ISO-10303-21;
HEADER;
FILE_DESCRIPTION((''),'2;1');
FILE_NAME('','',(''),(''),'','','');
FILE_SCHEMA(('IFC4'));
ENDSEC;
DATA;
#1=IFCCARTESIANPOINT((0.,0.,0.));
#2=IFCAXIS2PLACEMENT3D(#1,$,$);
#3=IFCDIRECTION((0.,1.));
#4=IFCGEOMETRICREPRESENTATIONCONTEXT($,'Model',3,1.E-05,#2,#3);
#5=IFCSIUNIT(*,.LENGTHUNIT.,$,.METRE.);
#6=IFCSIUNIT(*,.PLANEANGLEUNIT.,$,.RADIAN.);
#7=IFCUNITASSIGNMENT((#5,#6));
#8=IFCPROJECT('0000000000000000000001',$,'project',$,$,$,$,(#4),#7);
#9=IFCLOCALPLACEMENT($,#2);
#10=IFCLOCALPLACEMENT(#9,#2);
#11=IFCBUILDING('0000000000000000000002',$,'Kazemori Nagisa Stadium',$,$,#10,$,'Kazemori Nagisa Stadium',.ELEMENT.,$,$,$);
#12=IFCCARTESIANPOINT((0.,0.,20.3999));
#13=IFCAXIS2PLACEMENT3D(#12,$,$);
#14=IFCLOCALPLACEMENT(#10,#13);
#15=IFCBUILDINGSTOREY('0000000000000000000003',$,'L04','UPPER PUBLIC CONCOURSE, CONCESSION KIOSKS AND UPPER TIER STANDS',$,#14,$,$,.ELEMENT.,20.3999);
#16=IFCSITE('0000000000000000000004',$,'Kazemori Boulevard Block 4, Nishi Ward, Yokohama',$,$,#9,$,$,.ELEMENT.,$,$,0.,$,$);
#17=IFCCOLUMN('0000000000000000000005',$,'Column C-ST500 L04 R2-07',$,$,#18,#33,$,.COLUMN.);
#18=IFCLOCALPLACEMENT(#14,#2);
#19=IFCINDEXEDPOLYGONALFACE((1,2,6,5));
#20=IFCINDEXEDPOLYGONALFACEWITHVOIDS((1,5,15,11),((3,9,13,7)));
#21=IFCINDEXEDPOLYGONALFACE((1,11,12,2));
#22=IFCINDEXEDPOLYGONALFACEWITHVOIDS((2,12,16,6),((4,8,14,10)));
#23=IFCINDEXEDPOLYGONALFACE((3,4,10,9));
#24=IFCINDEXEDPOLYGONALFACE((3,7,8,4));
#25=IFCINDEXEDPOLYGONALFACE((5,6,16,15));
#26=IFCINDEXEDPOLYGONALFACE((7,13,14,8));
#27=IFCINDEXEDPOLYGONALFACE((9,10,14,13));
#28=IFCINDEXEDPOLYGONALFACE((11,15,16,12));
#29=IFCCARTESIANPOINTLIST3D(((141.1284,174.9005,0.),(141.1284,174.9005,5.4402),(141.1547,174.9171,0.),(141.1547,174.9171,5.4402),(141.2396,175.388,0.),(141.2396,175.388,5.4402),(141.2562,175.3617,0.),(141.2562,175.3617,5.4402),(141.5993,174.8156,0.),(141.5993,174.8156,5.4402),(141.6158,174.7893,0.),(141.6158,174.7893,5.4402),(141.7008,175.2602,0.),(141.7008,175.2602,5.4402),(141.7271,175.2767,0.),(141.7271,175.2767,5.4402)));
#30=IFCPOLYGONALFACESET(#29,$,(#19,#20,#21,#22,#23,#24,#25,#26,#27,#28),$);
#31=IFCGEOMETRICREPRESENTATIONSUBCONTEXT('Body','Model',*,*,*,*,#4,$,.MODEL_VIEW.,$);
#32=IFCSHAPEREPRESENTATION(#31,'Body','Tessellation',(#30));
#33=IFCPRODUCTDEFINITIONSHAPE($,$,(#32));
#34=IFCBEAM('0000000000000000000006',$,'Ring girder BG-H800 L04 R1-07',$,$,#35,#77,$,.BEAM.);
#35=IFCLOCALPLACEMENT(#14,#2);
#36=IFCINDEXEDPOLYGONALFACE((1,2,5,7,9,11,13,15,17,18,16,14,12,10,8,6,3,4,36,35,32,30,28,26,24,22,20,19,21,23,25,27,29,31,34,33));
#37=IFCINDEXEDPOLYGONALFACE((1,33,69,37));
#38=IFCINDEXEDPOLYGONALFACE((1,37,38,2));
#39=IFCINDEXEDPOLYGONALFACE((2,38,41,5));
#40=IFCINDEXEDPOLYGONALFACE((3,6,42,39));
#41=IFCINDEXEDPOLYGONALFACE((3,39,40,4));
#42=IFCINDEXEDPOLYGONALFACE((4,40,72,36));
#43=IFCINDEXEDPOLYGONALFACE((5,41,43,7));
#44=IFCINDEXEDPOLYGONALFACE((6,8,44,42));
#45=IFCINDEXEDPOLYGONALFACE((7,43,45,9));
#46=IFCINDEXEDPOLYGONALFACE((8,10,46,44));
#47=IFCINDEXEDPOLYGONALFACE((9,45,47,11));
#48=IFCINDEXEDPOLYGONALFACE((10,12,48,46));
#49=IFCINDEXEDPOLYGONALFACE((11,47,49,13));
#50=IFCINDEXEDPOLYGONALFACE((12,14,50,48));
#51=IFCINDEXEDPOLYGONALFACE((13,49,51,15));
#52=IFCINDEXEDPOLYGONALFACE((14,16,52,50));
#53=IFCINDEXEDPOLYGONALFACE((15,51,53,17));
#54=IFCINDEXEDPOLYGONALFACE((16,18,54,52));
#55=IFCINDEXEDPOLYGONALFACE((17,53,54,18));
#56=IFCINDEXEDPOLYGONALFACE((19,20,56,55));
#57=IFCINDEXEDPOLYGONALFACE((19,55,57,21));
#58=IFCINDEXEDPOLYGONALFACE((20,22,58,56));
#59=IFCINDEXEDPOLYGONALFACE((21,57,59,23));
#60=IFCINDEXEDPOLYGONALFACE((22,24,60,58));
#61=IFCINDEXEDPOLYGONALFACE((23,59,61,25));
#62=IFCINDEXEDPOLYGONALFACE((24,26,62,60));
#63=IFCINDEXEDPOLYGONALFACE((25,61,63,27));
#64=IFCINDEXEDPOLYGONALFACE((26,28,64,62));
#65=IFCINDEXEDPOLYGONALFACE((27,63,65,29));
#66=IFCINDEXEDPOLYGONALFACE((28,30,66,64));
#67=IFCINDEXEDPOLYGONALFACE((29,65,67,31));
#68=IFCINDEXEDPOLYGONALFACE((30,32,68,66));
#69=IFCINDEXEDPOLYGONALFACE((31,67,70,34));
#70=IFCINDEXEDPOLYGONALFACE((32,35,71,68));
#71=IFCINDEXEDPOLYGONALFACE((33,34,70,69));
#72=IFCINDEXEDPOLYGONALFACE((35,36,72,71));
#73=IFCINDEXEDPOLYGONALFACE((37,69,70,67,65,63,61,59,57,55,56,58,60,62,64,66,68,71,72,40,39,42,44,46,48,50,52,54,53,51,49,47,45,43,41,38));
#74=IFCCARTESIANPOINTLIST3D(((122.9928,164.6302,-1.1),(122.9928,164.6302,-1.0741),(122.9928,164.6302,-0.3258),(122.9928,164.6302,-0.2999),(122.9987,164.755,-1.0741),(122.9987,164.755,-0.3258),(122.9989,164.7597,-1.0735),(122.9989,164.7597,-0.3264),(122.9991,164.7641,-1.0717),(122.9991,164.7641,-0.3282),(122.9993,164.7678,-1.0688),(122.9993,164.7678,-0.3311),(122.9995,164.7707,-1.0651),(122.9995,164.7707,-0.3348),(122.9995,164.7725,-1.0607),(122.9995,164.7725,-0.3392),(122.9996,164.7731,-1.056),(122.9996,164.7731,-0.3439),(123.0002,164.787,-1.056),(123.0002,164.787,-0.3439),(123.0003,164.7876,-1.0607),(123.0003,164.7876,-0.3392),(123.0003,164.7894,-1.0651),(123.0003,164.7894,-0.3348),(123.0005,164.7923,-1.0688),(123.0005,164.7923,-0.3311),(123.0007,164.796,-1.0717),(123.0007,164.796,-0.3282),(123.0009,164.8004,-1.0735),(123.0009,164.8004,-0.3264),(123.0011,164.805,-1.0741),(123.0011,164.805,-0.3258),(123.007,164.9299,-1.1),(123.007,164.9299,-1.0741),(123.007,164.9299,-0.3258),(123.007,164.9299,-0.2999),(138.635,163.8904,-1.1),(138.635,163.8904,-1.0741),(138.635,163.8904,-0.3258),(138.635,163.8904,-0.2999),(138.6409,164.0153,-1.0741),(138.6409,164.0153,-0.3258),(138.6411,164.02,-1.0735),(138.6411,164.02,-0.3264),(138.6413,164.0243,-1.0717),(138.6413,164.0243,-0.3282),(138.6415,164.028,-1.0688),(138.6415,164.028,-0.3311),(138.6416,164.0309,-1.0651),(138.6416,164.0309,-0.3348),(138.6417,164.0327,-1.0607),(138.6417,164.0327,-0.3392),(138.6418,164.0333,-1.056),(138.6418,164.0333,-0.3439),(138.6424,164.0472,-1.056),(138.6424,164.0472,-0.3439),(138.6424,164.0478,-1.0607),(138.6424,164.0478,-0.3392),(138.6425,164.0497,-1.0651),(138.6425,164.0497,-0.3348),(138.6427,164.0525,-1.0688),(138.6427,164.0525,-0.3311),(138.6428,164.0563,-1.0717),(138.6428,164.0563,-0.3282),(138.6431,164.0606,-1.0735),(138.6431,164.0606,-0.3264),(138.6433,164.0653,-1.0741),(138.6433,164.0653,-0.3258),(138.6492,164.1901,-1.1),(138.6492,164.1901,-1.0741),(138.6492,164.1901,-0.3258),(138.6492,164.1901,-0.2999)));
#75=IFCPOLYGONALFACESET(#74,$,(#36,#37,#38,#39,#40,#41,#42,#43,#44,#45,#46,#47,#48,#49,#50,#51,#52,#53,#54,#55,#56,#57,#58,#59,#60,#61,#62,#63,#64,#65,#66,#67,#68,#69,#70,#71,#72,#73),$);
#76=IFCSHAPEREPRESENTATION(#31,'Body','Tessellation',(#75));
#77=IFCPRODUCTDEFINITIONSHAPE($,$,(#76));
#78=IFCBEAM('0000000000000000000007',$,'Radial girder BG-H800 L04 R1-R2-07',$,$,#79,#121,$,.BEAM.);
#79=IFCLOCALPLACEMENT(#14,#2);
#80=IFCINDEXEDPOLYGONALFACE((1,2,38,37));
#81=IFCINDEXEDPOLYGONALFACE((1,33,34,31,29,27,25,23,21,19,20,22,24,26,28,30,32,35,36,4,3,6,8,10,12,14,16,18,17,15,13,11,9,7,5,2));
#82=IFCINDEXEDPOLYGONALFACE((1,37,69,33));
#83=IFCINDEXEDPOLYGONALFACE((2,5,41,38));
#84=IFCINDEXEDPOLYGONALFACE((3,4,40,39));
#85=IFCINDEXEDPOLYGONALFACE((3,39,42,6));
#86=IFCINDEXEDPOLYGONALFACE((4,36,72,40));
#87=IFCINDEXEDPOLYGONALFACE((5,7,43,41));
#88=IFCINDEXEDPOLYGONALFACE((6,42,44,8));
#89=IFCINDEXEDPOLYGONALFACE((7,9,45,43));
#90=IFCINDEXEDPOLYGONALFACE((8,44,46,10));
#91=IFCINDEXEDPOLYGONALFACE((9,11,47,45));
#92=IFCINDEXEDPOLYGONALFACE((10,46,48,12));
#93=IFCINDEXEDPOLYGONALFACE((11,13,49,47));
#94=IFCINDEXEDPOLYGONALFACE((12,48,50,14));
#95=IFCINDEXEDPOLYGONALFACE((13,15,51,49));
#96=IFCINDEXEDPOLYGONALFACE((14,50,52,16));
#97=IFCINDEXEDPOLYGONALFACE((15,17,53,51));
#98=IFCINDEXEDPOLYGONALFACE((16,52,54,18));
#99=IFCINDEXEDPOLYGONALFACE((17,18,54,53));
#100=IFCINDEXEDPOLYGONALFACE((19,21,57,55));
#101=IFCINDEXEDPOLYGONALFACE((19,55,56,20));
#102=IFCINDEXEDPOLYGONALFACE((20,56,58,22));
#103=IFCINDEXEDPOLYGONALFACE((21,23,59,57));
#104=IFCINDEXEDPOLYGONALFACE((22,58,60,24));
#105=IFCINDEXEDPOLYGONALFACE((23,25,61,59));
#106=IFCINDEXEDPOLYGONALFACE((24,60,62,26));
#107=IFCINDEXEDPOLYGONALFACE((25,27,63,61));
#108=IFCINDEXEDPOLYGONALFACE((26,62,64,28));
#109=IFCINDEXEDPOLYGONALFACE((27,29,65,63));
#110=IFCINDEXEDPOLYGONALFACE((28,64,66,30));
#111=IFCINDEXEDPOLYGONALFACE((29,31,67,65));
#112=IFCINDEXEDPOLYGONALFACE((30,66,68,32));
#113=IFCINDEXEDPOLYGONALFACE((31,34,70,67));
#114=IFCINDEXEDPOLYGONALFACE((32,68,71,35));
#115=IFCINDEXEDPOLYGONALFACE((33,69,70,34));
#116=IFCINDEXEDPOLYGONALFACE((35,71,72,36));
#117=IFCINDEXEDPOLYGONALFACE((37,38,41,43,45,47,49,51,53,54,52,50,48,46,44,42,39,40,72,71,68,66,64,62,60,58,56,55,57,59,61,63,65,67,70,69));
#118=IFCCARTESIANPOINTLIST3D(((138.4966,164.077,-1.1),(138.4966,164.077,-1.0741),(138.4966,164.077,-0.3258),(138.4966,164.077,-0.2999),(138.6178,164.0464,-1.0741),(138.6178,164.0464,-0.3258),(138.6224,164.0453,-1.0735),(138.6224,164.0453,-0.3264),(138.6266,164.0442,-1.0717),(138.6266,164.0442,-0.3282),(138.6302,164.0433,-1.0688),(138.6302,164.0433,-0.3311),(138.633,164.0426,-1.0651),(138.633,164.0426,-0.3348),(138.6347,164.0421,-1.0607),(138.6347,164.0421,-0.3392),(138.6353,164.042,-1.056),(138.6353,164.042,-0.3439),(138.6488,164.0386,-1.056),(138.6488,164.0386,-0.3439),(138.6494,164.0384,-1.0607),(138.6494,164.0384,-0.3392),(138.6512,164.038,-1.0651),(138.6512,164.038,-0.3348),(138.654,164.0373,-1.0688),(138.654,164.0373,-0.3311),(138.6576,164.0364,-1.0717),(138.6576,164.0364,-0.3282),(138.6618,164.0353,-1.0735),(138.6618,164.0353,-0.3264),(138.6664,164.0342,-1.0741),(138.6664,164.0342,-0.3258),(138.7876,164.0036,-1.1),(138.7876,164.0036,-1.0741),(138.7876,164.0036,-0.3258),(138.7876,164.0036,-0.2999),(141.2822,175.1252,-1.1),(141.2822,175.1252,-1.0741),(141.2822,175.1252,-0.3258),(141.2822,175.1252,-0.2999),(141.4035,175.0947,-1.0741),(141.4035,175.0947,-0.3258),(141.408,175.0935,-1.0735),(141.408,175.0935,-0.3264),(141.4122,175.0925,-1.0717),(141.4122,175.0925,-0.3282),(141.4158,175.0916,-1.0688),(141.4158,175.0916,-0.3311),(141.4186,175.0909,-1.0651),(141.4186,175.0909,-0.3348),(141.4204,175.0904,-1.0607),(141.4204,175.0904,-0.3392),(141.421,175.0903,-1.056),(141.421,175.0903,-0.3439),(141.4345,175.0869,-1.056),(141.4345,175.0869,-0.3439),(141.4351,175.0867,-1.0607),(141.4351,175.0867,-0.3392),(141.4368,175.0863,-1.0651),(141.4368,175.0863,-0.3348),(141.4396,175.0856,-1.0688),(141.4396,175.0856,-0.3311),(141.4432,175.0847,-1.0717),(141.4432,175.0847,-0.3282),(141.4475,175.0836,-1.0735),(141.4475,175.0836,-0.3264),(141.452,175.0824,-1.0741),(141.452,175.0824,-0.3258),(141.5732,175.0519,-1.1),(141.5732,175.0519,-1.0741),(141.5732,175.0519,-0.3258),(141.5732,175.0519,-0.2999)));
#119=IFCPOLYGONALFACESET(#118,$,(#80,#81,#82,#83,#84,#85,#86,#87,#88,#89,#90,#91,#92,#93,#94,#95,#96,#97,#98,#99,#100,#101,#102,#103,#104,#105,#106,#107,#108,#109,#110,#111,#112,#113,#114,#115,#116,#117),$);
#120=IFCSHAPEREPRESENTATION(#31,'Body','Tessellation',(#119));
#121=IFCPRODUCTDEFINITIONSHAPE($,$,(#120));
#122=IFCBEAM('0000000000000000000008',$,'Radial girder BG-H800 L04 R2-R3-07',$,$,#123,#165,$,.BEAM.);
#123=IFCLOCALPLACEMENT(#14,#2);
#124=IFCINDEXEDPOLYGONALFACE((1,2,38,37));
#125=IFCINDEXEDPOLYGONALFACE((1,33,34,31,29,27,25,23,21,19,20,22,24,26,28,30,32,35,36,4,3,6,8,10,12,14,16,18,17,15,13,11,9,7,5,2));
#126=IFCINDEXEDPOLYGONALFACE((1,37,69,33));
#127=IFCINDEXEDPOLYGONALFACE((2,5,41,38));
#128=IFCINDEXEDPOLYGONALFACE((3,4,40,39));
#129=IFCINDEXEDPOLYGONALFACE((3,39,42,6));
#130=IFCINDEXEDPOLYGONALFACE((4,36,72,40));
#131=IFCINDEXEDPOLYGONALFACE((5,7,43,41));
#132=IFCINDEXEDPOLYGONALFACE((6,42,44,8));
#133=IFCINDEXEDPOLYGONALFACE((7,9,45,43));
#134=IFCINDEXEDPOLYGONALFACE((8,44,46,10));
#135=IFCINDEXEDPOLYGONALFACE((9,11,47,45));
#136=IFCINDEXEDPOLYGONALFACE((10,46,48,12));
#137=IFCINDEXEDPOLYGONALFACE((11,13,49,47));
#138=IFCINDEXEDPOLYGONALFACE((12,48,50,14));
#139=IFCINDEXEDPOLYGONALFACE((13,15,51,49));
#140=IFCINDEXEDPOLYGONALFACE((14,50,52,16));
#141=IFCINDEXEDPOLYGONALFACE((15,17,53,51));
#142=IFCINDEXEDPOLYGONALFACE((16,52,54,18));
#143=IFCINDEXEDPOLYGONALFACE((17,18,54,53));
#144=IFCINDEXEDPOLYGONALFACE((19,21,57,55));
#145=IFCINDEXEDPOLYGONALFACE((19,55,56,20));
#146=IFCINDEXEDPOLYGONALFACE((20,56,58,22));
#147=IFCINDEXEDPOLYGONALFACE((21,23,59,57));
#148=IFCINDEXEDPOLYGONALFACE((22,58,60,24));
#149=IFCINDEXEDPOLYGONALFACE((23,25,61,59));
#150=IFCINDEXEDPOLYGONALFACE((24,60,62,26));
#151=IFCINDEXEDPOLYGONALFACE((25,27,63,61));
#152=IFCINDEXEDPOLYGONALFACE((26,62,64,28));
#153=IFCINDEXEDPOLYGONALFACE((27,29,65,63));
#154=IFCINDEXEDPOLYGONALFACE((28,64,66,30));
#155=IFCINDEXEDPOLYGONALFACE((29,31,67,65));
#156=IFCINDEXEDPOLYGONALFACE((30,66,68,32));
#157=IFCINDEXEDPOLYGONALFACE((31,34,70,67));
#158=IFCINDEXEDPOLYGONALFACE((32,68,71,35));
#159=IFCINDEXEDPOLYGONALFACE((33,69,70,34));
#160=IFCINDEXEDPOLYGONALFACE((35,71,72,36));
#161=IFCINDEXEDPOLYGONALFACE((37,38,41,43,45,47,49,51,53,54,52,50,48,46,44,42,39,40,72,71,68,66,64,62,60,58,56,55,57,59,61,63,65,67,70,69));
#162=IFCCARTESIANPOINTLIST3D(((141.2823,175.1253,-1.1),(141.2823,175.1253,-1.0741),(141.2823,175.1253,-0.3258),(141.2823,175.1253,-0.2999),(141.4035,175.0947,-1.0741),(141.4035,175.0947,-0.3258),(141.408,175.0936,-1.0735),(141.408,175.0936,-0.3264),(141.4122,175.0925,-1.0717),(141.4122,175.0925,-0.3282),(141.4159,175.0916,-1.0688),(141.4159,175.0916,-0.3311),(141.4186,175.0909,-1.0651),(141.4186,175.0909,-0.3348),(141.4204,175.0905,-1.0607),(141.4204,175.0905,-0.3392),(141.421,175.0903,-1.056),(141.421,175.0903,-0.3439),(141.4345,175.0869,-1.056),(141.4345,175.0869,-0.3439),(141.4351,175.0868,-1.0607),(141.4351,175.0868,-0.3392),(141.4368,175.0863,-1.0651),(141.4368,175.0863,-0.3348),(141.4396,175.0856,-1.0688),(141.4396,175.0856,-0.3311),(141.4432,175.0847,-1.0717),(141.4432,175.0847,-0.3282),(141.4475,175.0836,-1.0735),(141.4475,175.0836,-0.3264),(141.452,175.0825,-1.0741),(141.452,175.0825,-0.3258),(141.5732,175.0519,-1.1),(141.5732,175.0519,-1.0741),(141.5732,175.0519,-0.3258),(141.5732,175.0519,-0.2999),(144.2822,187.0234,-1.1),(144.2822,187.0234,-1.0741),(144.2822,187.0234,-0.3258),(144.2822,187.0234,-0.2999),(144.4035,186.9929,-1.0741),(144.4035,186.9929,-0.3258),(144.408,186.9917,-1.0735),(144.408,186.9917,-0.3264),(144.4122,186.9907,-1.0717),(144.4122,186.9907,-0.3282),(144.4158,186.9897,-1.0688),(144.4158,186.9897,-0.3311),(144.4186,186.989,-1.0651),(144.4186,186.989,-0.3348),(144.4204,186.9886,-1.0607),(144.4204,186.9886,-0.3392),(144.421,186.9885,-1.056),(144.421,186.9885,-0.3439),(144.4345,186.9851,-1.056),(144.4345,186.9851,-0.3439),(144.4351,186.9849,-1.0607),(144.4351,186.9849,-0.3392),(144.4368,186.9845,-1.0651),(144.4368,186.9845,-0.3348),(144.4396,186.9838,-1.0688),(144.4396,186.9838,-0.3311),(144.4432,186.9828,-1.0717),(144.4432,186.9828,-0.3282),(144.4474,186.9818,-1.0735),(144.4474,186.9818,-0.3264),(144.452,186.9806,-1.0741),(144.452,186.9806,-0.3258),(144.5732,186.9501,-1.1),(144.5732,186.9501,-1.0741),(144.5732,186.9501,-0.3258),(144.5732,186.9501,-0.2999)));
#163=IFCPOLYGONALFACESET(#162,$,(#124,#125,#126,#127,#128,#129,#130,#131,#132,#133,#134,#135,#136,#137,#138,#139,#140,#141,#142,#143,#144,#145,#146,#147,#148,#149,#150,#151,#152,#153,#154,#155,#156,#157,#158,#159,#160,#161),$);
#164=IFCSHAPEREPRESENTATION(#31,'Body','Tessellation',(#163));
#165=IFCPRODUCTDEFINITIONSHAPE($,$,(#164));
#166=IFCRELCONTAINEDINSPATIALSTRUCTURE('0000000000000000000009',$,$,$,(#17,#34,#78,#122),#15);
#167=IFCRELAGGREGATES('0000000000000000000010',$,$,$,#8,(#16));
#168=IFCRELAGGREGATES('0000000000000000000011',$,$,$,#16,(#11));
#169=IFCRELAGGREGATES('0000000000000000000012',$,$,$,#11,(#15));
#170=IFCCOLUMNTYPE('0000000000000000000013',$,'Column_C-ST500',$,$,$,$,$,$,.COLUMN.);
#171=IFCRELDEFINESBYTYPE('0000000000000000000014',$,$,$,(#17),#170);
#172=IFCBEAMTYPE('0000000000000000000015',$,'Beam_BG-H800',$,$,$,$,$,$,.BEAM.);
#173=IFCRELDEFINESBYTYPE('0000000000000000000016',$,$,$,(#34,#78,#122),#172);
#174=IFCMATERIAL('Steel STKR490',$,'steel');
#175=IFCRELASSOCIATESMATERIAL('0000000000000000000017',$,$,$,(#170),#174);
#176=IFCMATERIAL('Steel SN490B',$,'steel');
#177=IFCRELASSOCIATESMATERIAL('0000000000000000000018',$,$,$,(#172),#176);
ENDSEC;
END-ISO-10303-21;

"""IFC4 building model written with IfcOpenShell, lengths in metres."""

from ifc_helpers import new_model, si_unit, direction, frame, origin, origin_2d, place, context, subcontext, project, spatial, hollow_rectangle, i_section, extrude, material, material_profile, profile_set, type_object, element, save


model = new_model("IFC4")

# Units and contexts
model_context = context("Model", 3, precision=1e-05, world=origin(), true_north=direction((0.0, 1.0)))
body_context = subcontext(model_context, "Body", "Model", "MODEL_VIEW")
ifc_project = project(units=[si_unit("LENGTHUNIT", "METRE"), si_unit("PLANEANGLEUNIT", "RADIAN")], contexts=[model_context])

# Site, building, storey
site_placement = place(None, origin())
site = spatial("IfcSite", under=ifc_project, at=site_placement, Name="Kazemori Boulevard Block 4, Nishi Ward, Yokohama", CompositionType="ELEMENT", RefElevation=0.0)
building_placement = place(site_placement, origin())
building = spatial("IfcBuilding", under=site, at=building_placement, Name="Kazemori Nagisa Stadium", LongName="Kazemori Nagisa Stadium", CompositionType="ELEMENT")
storey_placement = place(building_placement, frame((0.0, 0.0, 20.3999)))
storey = spatial("IfcBuildingStorey", under=building, at=storey_placement, Name="L04", Description="UPPER PUBLIC CONCOURSE, CONCESSION KIOSKS AND UPPER TIER STANDS", CompositionType="ELEMENT", Elevation=20.3999)

# Column
ifc_material_1 = material(Name="Steel STKR490", Category="steel")
ifc_material_profile_1 = material_profile(ifc_material_1, hollow_rectangle(XDim=0.5, YDim=0.5, WallThickness=0.022, at=origin_2d()), Name="SHS-500x500x22")
ifc_profile_set_1 = profile_set([ifc_material_profile_1], Name="Steel STKR490")
column_type = type_object("IfcColumnType", Name="Column_C-ST500", PredefinedType="COLUMN", material=ifc_profile_set_1)
column_placement = place(storey_placement, frame((141.4277, 175.0886, 0.0), z_axis=(0.0, 0.0, 1.0), x_axis=(0.222521, 0.974928, 0.0)))
element("IfcColumn", 1, at=column_placement, inside=storey, type_object=column_type, Name="Column C-ST500 L04 R2-07", PredefinedType="COLUMN", context=body_context, shape_type="SweptSolid", body=[
    extrude(hollow_rectangle(XDim=0.5, YDim=0.5, WallThickness=0.022, at=origin_2d()), origin(), (0.0, 0.0, 1.0), 5.4402),
])

# Beams
ifc_material_2 = material(Name="Steel SN490B", Category="steel")
ifc_material_profile_2 = material_profile(ifc_material_2, i_section(OverallWidth=0.3, OverallDepth=0.8, WebThickness=0.0139, FlangeThickness=0.0259, FilletRadius=0.0181, at=origin_2d()), Name="H-800x300x14x26")
ifc_profile_set_2 = profile_set([ifc_material_profile_2], Name="Steel SN490B")
beam_type_1 = type_object("IfcBeamType", Name="Beam_BG-H800", PredefinedType="BEAM", material=ifc_profile_set_2)
beam_1_placement = place(storey_placement, frame((138.6421, 164.0403, -0.7), z_axis=(-0.998884, 0.047239, 0.0), x_axis=(-0.047239, -0.998884, 0.0)))
element("IfcBeam", 2, at=beam_1_placement, inside=storey, type_object=beam_type_1, Name="Ring girder BG-H800 L04 R1-07", PredefinedType="BEAM", context=body_context, shape_type="SweptSolid", body=[
    extrude(i_section(OverallWidth=0.3, OverallDepth=0.8, WebThickness=0.0139, FlangeThickness=0.0259, FilletRadius=0.0181, at=origin_2d()), origin(), (0.0, 0.0, 1.0), 15.6597),
])
beam_2_placement = place(storey_placement, frame((138.6421, 164.0403, -0.7), z_axis=(0.244481, 0.969654, 0.0), x_axis=(-0.969654, 0.244481, 0.0)))
element("IfcBeam", 3, at=beam_2_placement, inside=storey, type_object=beam_type_1, Name="Radial girder BG-H800 L04 R1-R2-07", PredefinedType="BEAM", context=body_context, shape_type="SweptSolid", body=[
    extrude(i_section(OverallWidth=0.3, OverallDepth=0.8, WebThickness=0.0139, FlangeThickness=0.0259, FilletRadius=0.0181, at=origin_2d()), origin(), (0.0, 0.0, 1.0), 11.394),
])
beam_3_placement = place(storey_placement, frame((141.4277, 175.0886, -0.7), z_axis=(0.244487, 0.969652, 0.0), x_axis=(-0.969652, 0.244487, 0.0)))
element("IfcBeam", 4, at=beam_3_placement, inside=storey, type_object=beam_type_1, Name="Radial girder BG-H800 L04 R2-R3-07", PredefinedType="BEAM", context=body_context, shape_type="SweptSolid", body=[
    extrude(i_section(OverallWidth=0.3, OverallDepth=0.8, WebThickness=0.0139, FlangeThickness=0.0259, FilletRadius=0.0181, at=origin_2d()), origin(), (0.0, 0.0, 1.0), 12.2705),
])

save(model, "model.ifc")
